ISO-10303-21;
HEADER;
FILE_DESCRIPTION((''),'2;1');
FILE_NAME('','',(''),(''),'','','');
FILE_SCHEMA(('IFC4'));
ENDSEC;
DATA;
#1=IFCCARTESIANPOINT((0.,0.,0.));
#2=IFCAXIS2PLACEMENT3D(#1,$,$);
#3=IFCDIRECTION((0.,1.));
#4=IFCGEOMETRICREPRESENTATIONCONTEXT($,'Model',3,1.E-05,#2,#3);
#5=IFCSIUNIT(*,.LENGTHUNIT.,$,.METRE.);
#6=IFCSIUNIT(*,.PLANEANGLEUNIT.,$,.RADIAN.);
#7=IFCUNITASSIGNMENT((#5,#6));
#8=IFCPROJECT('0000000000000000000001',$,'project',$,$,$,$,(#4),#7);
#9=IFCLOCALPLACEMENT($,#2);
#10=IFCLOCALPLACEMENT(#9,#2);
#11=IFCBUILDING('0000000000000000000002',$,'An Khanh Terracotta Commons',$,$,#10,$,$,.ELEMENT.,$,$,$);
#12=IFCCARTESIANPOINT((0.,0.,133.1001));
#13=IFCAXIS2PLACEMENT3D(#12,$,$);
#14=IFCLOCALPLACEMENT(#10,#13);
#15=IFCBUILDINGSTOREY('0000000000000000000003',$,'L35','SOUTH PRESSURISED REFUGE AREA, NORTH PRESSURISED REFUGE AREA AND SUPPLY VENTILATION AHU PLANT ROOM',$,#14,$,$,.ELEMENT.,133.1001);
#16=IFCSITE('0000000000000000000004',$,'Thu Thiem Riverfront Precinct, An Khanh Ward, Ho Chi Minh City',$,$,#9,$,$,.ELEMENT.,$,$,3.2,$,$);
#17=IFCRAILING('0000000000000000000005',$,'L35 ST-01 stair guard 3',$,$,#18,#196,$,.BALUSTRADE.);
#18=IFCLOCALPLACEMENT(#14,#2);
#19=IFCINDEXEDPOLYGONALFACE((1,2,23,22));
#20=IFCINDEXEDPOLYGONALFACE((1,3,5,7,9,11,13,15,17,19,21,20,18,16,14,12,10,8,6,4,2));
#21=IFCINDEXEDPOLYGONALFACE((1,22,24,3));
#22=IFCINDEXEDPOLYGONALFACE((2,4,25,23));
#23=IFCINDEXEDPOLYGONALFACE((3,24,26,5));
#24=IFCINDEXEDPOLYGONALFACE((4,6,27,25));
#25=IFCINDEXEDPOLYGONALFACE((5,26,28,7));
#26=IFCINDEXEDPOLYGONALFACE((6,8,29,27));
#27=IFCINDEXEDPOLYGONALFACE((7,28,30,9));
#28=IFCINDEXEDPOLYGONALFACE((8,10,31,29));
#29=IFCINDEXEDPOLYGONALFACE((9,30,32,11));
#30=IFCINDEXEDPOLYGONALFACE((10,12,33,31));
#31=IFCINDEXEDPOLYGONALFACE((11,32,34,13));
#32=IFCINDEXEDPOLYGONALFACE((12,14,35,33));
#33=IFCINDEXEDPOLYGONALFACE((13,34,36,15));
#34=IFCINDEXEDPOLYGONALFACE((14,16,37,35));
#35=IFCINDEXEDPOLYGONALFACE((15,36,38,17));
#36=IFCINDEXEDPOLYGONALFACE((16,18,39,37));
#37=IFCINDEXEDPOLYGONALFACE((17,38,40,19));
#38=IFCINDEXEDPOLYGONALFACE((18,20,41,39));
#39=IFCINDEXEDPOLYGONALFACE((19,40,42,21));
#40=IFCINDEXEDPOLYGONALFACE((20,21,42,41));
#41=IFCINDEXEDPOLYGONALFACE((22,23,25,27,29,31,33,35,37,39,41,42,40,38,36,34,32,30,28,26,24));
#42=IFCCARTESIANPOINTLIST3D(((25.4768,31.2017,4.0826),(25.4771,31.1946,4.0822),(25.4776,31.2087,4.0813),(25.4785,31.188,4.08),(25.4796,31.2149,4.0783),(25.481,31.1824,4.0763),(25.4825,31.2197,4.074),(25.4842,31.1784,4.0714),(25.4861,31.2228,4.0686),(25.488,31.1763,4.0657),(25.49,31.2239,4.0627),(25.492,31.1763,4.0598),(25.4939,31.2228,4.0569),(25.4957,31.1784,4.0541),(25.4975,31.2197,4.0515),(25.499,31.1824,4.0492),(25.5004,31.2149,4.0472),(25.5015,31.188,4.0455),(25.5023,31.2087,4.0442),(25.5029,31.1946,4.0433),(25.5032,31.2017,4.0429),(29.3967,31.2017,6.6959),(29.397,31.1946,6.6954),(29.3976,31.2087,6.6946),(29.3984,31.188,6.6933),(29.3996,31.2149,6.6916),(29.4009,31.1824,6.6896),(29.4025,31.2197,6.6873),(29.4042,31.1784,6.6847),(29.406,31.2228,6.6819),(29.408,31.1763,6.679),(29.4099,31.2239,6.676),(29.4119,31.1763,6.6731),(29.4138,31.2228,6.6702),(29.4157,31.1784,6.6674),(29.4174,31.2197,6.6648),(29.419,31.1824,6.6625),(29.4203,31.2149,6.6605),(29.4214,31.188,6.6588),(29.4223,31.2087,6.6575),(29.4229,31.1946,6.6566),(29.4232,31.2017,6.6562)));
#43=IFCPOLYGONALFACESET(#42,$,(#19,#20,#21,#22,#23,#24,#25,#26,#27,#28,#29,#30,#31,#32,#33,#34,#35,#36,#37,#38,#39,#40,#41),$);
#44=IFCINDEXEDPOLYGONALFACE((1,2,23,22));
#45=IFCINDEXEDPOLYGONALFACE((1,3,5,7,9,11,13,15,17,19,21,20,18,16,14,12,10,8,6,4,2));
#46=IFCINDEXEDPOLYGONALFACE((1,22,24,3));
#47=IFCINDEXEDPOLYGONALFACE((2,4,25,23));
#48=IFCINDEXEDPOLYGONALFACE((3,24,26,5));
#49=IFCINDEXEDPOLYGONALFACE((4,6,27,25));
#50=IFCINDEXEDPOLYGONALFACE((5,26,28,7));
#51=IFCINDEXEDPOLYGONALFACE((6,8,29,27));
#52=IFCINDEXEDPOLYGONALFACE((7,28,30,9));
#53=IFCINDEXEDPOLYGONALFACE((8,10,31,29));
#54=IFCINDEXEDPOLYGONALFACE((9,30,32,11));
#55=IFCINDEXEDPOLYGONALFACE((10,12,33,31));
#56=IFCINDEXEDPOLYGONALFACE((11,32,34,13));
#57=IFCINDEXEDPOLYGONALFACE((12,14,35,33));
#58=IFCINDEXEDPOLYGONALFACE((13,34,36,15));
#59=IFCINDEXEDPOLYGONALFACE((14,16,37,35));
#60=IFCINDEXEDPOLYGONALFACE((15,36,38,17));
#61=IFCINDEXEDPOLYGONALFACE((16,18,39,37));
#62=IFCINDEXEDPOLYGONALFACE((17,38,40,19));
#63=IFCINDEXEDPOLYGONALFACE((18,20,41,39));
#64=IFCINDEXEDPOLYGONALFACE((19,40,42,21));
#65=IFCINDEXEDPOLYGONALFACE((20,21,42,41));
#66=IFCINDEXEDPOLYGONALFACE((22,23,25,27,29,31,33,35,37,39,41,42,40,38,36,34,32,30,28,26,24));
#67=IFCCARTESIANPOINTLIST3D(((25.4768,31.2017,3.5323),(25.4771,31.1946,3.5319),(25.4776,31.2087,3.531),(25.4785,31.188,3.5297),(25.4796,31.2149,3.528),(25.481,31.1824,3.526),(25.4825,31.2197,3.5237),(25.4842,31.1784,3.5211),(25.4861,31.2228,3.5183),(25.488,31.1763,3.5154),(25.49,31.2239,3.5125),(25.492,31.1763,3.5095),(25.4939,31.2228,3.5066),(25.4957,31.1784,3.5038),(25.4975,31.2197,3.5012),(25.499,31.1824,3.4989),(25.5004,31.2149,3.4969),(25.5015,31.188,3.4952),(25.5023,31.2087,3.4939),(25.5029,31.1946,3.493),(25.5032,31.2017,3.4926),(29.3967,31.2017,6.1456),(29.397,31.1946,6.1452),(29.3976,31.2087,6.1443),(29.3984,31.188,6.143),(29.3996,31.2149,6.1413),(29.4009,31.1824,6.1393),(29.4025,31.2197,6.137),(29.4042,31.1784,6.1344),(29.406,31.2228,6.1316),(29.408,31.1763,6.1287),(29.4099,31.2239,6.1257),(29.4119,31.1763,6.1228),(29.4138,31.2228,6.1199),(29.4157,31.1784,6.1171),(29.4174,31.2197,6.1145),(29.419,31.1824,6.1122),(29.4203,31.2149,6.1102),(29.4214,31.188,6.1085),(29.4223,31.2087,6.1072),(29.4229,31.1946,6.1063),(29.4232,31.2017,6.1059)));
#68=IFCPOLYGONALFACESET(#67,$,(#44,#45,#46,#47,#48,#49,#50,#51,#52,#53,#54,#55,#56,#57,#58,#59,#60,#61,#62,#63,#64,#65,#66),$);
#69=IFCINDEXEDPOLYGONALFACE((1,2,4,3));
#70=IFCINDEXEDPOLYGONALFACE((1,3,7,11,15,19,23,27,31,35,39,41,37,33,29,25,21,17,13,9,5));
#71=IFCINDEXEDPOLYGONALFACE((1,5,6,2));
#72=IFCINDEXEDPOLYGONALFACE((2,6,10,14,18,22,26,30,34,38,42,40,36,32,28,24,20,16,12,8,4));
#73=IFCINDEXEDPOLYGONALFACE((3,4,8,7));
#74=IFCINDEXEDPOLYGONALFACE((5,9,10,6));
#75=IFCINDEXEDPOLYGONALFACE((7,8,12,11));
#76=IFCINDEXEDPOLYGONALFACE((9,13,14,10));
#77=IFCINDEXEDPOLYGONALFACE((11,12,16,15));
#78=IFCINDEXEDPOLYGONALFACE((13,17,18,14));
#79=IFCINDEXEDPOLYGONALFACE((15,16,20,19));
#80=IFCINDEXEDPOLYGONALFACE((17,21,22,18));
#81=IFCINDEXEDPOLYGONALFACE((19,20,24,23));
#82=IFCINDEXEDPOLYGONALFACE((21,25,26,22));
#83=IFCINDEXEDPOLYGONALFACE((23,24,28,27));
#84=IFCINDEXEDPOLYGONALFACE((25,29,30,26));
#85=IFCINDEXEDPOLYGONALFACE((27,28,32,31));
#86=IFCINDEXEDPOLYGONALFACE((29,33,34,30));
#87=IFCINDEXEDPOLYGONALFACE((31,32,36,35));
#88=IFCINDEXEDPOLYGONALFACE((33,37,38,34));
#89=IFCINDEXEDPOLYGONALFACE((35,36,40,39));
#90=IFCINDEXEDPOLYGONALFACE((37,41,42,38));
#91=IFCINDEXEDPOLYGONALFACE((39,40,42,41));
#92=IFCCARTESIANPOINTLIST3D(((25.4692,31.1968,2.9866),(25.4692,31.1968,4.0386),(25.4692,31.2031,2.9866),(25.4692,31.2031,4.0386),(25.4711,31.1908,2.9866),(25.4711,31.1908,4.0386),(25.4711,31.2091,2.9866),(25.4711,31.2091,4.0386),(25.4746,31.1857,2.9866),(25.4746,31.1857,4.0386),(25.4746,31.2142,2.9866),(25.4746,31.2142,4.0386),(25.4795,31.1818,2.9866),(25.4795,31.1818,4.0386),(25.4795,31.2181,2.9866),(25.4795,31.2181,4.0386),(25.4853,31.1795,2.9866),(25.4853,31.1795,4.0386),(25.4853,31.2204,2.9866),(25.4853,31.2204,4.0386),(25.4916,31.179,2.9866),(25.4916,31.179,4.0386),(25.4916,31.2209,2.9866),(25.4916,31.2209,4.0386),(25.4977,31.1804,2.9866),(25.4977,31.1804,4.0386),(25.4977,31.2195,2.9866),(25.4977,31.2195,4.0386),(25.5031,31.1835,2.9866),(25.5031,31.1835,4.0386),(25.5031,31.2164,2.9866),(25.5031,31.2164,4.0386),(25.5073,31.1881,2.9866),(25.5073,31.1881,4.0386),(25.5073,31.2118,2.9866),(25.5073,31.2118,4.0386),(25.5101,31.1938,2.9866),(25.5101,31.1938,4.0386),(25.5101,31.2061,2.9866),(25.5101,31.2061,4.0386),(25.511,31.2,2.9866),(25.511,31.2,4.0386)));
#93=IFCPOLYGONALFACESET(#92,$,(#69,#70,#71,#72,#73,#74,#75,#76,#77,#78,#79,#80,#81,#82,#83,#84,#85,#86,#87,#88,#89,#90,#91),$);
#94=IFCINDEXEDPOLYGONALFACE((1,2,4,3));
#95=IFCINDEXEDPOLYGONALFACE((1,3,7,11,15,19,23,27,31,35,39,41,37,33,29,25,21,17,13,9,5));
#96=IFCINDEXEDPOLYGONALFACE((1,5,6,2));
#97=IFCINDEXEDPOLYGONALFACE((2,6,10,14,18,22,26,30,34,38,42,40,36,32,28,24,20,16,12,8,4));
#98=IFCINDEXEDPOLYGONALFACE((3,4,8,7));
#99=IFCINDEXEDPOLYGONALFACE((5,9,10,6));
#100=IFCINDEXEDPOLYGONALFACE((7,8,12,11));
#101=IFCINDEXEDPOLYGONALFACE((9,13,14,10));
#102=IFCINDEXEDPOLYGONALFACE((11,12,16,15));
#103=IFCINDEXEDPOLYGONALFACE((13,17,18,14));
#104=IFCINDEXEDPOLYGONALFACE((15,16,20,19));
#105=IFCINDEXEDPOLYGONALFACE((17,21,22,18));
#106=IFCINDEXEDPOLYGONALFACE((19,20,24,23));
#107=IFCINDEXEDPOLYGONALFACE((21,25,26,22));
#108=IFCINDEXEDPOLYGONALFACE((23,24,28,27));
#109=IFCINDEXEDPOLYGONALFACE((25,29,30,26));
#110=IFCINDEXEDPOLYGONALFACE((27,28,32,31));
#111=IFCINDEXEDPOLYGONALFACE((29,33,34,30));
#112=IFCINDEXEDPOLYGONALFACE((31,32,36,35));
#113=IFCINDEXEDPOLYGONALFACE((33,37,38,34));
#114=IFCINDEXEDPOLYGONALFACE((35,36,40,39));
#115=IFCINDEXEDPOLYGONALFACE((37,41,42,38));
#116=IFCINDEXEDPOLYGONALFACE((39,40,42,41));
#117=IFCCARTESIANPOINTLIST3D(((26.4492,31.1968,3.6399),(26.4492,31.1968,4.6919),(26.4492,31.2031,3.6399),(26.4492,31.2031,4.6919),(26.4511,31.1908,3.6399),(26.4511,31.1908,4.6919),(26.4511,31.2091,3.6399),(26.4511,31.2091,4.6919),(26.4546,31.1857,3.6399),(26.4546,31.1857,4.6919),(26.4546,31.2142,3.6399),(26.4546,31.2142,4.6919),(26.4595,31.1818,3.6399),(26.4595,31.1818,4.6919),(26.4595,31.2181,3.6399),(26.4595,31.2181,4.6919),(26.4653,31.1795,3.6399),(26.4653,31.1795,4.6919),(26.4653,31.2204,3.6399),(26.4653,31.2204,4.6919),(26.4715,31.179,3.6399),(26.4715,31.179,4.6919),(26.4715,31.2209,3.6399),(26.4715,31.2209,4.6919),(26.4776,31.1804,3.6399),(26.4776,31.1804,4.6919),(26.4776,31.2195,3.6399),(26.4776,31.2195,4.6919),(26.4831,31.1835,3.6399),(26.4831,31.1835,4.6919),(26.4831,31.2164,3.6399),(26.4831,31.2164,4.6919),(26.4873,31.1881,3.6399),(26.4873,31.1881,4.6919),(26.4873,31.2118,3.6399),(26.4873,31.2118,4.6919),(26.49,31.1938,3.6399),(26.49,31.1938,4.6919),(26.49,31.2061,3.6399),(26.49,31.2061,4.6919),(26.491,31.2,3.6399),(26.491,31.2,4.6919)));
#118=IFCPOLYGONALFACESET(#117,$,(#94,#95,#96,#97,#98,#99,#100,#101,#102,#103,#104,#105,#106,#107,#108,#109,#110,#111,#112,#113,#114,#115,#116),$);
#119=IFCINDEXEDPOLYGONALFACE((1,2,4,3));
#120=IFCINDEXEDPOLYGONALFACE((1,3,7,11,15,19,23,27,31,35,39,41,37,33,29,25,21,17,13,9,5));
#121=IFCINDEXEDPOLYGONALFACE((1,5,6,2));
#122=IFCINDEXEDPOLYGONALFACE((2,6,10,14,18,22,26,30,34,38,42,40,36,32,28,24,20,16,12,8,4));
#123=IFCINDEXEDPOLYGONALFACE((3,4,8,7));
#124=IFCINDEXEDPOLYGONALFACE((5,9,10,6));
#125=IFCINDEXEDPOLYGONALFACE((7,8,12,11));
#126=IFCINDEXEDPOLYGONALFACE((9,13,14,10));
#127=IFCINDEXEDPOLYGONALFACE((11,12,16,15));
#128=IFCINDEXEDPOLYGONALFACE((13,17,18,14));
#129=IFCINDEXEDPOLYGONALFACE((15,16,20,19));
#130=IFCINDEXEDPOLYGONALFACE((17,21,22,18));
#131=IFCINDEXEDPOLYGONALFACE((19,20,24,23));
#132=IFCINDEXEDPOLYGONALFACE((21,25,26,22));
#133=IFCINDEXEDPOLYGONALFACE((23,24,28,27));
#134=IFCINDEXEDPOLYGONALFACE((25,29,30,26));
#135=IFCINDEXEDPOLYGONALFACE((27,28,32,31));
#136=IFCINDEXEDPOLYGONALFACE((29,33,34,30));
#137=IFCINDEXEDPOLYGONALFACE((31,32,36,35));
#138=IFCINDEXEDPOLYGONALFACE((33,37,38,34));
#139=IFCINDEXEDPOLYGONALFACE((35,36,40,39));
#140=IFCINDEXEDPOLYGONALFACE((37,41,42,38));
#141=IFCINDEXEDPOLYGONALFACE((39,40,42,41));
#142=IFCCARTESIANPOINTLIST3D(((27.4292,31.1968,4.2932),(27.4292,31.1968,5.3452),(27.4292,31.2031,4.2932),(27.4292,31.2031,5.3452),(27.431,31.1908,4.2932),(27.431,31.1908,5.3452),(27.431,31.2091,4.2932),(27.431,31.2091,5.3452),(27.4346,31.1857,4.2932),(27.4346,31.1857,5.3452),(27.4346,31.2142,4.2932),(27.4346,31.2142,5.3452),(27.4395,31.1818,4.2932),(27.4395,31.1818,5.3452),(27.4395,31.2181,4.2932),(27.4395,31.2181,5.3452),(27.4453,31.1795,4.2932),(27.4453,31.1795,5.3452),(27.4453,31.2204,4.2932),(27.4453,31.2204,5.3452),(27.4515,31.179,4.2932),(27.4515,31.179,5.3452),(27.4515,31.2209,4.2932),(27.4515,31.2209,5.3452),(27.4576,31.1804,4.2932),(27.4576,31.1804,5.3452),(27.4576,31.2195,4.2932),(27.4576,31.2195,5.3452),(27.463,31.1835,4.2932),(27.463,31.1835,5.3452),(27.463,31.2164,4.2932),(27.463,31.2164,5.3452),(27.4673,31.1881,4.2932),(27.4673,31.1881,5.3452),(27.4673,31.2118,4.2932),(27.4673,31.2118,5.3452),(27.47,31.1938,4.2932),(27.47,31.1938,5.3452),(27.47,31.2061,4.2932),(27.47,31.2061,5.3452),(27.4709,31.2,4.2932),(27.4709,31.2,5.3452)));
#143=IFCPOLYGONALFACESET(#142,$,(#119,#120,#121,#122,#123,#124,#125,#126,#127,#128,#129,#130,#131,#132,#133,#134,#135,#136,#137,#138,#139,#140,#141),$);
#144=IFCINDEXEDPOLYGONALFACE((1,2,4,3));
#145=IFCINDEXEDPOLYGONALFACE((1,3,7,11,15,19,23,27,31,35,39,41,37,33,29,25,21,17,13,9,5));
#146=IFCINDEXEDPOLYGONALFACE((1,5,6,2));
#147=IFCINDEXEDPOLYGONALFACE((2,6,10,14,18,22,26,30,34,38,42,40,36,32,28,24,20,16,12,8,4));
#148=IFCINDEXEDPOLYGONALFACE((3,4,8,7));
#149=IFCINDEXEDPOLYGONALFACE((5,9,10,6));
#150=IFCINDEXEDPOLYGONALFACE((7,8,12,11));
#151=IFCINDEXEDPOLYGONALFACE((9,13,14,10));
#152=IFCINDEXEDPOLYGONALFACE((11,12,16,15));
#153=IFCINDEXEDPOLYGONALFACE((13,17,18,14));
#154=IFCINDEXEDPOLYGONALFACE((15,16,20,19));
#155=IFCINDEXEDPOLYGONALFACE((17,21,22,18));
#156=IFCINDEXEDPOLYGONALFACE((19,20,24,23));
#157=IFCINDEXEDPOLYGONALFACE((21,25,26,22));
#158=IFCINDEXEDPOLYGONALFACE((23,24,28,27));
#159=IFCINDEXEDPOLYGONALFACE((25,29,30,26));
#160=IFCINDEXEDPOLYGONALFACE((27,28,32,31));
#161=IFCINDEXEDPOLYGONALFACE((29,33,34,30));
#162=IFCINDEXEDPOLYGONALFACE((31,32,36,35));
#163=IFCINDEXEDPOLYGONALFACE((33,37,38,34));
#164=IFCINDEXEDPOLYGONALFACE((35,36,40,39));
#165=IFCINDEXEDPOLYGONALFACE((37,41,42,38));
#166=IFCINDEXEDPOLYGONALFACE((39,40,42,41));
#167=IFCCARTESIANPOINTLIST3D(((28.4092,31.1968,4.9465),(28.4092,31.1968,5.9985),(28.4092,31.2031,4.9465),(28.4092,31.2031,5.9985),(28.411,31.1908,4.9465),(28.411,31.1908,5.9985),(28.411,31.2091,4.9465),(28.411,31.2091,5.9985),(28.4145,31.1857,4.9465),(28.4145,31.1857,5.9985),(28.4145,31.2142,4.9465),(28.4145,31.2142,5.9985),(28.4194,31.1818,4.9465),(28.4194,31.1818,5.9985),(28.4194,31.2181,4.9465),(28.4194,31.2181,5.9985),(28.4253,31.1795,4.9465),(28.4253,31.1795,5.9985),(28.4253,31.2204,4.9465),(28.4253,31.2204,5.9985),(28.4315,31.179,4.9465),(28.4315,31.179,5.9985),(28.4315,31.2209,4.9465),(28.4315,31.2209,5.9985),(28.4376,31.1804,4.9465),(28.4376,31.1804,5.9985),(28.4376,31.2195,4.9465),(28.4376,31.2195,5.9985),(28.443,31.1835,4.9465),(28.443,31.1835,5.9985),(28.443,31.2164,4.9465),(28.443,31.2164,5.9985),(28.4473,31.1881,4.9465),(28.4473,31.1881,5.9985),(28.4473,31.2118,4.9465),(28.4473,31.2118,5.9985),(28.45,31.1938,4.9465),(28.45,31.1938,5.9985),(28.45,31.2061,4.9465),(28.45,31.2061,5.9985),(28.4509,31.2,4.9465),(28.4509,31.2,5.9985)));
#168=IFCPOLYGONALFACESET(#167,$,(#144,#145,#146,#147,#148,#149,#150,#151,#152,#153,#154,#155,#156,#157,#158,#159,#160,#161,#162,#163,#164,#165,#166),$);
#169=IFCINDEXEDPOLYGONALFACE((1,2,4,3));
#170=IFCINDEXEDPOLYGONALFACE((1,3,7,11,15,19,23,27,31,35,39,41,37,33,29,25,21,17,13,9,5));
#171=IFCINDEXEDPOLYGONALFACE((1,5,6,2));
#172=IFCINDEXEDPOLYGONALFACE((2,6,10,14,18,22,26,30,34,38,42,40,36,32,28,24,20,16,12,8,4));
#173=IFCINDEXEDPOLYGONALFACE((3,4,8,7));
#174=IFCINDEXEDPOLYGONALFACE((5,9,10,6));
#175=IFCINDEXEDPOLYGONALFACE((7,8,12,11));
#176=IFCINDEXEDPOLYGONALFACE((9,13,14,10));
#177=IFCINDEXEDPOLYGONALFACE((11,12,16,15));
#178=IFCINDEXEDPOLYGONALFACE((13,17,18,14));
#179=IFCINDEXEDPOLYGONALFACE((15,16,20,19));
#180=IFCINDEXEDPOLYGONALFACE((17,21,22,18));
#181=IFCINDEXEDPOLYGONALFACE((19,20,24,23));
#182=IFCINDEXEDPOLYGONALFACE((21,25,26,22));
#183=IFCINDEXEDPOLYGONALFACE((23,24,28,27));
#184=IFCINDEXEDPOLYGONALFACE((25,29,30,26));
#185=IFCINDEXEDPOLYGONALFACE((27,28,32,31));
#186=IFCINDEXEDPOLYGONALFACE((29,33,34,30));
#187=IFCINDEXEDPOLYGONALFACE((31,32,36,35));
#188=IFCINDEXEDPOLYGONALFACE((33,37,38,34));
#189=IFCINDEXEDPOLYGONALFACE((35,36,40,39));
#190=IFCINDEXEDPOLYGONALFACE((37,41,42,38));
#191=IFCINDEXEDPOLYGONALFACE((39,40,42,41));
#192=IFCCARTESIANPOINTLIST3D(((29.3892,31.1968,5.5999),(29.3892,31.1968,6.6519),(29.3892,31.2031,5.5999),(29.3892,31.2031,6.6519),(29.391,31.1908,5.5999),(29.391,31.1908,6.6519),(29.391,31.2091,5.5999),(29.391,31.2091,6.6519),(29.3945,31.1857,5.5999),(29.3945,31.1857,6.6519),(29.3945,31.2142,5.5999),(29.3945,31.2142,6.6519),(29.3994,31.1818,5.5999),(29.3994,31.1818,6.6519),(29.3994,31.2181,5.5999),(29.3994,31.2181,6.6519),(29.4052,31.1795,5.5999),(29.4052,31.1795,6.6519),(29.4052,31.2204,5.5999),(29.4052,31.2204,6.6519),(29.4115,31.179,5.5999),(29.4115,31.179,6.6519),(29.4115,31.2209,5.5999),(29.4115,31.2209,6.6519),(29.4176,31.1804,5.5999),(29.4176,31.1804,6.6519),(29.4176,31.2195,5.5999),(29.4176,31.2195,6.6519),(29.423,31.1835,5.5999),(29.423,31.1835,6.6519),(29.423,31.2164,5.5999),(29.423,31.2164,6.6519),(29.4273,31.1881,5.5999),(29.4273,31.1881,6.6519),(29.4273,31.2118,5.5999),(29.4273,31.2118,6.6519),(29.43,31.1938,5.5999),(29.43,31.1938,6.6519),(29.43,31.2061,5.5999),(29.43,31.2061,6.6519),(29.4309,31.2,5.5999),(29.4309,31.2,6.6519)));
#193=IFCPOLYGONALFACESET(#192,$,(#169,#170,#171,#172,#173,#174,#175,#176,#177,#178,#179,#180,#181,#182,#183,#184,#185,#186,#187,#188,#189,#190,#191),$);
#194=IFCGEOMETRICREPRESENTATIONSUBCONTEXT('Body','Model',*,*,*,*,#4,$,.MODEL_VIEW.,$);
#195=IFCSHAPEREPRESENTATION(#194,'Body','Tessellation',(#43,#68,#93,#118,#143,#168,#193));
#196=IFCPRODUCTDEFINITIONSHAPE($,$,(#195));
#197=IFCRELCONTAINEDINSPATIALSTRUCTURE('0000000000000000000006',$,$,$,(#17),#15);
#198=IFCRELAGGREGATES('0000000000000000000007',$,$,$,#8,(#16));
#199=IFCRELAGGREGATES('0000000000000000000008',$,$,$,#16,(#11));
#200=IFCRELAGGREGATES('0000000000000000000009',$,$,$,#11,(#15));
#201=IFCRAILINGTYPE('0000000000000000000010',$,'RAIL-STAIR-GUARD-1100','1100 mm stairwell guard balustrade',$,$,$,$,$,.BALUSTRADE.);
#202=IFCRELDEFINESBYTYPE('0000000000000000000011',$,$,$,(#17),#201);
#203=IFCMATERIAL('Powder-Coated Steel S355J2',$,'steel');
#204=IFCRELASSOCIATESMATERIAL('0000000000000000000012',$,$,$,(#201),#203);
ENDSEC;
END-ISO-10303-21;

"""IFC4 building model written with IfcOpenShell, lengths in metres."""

from ifc_helpers import new_model, si_unit, direction, frame, origin, origin_2d, place, context, subcontext, project, spatial, circle, extrude, material, type_object, element, save


model = new_model("IFC4")

# Units and contexts
model_context = context("Model", 3, precision=1e-05, world=origin(), true_north=direction((0.0, 1.0)))
body_context = subcontext(model_context, "Body", "Model", "MODEL_VIEW")
ifc_project = project(units=[si_unit("LENGTHUNIT", "METRE"), si_unit("PLANEANGLEUNIT", "RADIAN")], contexts=[model_context])

# Site, building, storey
site_placement = place(None, origin())
site = spatial("IfcSite", under=ifc_project, at=site_placement, Name="Thu Thiem Riverfront Precinct, An Khanh Ward, Ho Chi Minh City", CompositionType="ELEMENT", RefElevation=3.2)
building_placement = place(site_placement, origin())
building = spatial("IfcBuilding", under=site, at=building_placement, Name="An Khanh Terracotta Commons", CompositionType="ELEMENT")
storey_placement = place(building_placement, frame((0.0, 0.0, 133.1001)))
storey = spatial("IfcBuildingStorey", under=building, at=storey_placement, Name="L35", Description="SOUTH PRESSURISED REFUGE AREA, NORTH PRESSURISED REFUGE AREA AND SUPPLY VENTILATION AHU PLANT ROOM", CompositionType="ELEMENT", Elevation=133.1001)

# Railing
ifc_material_1 = material(Name="Powder-Coated Steel S355J2", Category="steel")
railing_type_1 = type_object("IfcRailingType", Name="RAIL-STAIR-GUARD-1100", Description="1100 mm stairwell guard balustrade", PredefinedType="BALUSTRADE", material=ifc_material_1)
railing_1_placement = place(storey_placement, frame((25.49, 31.2, 2.9866)))
element("IfcRailing", 1, at=railing_1_placement, inside=storey, type_object=railing_type_1, Name="L35 ST-01 stair guard 3", PredefinedType="BALUSTRADE", context=body_context, shape_type="SweptSolid", body=[
    extrude(circle(Radius=0.0239, at=origin_2d()), frame((0.0, 0.0, 1.0762), z_axis=(0.83205, 0.0, 0.5547), x_axis=(0.0, 1.0, 0.0)), (0.0, 0.0, 1.0), 4.7112),
    extrude(circle(Radius=0.0239, at=origin_2d()), frame((0.0, 0.0, 0.5259), z_axis=(0.83205, 0.0, 0.5547), x_axis=(0.0, 1.0, 0.0)), (0.0, 0.0, 1.0), 4.7112),
    extrude(circle(Radius=0.021, at=origin_2d()), origin(), (0.0, 0.0, 1.0), 1.052),
    extrude(circle(Radius=0.021, at=origin_2d()), frame((0.98, 0.0, 0.6533)), (0.0, 0.0, 1.0), 1.052),
    extrude(circle(Radius=0.021, at=origin_2d()), frame((1.96, 0.0, 1.3066)), (0.0, 0.0, 1.0), 1.052),
    extrude(circle(Radius=0.021, at=origin_2d()), frame((2.9399, 0.0, 1.96)), (0.0, 0.0, 1.0), 1.052),
    extrude(circle(Radius=0.021, at=origin_2d()), frame((3.9199, 0.0, 2.6133)), (0.0, 0.0, 1.0), 1.052),
])

save(model, "model.ifc")
